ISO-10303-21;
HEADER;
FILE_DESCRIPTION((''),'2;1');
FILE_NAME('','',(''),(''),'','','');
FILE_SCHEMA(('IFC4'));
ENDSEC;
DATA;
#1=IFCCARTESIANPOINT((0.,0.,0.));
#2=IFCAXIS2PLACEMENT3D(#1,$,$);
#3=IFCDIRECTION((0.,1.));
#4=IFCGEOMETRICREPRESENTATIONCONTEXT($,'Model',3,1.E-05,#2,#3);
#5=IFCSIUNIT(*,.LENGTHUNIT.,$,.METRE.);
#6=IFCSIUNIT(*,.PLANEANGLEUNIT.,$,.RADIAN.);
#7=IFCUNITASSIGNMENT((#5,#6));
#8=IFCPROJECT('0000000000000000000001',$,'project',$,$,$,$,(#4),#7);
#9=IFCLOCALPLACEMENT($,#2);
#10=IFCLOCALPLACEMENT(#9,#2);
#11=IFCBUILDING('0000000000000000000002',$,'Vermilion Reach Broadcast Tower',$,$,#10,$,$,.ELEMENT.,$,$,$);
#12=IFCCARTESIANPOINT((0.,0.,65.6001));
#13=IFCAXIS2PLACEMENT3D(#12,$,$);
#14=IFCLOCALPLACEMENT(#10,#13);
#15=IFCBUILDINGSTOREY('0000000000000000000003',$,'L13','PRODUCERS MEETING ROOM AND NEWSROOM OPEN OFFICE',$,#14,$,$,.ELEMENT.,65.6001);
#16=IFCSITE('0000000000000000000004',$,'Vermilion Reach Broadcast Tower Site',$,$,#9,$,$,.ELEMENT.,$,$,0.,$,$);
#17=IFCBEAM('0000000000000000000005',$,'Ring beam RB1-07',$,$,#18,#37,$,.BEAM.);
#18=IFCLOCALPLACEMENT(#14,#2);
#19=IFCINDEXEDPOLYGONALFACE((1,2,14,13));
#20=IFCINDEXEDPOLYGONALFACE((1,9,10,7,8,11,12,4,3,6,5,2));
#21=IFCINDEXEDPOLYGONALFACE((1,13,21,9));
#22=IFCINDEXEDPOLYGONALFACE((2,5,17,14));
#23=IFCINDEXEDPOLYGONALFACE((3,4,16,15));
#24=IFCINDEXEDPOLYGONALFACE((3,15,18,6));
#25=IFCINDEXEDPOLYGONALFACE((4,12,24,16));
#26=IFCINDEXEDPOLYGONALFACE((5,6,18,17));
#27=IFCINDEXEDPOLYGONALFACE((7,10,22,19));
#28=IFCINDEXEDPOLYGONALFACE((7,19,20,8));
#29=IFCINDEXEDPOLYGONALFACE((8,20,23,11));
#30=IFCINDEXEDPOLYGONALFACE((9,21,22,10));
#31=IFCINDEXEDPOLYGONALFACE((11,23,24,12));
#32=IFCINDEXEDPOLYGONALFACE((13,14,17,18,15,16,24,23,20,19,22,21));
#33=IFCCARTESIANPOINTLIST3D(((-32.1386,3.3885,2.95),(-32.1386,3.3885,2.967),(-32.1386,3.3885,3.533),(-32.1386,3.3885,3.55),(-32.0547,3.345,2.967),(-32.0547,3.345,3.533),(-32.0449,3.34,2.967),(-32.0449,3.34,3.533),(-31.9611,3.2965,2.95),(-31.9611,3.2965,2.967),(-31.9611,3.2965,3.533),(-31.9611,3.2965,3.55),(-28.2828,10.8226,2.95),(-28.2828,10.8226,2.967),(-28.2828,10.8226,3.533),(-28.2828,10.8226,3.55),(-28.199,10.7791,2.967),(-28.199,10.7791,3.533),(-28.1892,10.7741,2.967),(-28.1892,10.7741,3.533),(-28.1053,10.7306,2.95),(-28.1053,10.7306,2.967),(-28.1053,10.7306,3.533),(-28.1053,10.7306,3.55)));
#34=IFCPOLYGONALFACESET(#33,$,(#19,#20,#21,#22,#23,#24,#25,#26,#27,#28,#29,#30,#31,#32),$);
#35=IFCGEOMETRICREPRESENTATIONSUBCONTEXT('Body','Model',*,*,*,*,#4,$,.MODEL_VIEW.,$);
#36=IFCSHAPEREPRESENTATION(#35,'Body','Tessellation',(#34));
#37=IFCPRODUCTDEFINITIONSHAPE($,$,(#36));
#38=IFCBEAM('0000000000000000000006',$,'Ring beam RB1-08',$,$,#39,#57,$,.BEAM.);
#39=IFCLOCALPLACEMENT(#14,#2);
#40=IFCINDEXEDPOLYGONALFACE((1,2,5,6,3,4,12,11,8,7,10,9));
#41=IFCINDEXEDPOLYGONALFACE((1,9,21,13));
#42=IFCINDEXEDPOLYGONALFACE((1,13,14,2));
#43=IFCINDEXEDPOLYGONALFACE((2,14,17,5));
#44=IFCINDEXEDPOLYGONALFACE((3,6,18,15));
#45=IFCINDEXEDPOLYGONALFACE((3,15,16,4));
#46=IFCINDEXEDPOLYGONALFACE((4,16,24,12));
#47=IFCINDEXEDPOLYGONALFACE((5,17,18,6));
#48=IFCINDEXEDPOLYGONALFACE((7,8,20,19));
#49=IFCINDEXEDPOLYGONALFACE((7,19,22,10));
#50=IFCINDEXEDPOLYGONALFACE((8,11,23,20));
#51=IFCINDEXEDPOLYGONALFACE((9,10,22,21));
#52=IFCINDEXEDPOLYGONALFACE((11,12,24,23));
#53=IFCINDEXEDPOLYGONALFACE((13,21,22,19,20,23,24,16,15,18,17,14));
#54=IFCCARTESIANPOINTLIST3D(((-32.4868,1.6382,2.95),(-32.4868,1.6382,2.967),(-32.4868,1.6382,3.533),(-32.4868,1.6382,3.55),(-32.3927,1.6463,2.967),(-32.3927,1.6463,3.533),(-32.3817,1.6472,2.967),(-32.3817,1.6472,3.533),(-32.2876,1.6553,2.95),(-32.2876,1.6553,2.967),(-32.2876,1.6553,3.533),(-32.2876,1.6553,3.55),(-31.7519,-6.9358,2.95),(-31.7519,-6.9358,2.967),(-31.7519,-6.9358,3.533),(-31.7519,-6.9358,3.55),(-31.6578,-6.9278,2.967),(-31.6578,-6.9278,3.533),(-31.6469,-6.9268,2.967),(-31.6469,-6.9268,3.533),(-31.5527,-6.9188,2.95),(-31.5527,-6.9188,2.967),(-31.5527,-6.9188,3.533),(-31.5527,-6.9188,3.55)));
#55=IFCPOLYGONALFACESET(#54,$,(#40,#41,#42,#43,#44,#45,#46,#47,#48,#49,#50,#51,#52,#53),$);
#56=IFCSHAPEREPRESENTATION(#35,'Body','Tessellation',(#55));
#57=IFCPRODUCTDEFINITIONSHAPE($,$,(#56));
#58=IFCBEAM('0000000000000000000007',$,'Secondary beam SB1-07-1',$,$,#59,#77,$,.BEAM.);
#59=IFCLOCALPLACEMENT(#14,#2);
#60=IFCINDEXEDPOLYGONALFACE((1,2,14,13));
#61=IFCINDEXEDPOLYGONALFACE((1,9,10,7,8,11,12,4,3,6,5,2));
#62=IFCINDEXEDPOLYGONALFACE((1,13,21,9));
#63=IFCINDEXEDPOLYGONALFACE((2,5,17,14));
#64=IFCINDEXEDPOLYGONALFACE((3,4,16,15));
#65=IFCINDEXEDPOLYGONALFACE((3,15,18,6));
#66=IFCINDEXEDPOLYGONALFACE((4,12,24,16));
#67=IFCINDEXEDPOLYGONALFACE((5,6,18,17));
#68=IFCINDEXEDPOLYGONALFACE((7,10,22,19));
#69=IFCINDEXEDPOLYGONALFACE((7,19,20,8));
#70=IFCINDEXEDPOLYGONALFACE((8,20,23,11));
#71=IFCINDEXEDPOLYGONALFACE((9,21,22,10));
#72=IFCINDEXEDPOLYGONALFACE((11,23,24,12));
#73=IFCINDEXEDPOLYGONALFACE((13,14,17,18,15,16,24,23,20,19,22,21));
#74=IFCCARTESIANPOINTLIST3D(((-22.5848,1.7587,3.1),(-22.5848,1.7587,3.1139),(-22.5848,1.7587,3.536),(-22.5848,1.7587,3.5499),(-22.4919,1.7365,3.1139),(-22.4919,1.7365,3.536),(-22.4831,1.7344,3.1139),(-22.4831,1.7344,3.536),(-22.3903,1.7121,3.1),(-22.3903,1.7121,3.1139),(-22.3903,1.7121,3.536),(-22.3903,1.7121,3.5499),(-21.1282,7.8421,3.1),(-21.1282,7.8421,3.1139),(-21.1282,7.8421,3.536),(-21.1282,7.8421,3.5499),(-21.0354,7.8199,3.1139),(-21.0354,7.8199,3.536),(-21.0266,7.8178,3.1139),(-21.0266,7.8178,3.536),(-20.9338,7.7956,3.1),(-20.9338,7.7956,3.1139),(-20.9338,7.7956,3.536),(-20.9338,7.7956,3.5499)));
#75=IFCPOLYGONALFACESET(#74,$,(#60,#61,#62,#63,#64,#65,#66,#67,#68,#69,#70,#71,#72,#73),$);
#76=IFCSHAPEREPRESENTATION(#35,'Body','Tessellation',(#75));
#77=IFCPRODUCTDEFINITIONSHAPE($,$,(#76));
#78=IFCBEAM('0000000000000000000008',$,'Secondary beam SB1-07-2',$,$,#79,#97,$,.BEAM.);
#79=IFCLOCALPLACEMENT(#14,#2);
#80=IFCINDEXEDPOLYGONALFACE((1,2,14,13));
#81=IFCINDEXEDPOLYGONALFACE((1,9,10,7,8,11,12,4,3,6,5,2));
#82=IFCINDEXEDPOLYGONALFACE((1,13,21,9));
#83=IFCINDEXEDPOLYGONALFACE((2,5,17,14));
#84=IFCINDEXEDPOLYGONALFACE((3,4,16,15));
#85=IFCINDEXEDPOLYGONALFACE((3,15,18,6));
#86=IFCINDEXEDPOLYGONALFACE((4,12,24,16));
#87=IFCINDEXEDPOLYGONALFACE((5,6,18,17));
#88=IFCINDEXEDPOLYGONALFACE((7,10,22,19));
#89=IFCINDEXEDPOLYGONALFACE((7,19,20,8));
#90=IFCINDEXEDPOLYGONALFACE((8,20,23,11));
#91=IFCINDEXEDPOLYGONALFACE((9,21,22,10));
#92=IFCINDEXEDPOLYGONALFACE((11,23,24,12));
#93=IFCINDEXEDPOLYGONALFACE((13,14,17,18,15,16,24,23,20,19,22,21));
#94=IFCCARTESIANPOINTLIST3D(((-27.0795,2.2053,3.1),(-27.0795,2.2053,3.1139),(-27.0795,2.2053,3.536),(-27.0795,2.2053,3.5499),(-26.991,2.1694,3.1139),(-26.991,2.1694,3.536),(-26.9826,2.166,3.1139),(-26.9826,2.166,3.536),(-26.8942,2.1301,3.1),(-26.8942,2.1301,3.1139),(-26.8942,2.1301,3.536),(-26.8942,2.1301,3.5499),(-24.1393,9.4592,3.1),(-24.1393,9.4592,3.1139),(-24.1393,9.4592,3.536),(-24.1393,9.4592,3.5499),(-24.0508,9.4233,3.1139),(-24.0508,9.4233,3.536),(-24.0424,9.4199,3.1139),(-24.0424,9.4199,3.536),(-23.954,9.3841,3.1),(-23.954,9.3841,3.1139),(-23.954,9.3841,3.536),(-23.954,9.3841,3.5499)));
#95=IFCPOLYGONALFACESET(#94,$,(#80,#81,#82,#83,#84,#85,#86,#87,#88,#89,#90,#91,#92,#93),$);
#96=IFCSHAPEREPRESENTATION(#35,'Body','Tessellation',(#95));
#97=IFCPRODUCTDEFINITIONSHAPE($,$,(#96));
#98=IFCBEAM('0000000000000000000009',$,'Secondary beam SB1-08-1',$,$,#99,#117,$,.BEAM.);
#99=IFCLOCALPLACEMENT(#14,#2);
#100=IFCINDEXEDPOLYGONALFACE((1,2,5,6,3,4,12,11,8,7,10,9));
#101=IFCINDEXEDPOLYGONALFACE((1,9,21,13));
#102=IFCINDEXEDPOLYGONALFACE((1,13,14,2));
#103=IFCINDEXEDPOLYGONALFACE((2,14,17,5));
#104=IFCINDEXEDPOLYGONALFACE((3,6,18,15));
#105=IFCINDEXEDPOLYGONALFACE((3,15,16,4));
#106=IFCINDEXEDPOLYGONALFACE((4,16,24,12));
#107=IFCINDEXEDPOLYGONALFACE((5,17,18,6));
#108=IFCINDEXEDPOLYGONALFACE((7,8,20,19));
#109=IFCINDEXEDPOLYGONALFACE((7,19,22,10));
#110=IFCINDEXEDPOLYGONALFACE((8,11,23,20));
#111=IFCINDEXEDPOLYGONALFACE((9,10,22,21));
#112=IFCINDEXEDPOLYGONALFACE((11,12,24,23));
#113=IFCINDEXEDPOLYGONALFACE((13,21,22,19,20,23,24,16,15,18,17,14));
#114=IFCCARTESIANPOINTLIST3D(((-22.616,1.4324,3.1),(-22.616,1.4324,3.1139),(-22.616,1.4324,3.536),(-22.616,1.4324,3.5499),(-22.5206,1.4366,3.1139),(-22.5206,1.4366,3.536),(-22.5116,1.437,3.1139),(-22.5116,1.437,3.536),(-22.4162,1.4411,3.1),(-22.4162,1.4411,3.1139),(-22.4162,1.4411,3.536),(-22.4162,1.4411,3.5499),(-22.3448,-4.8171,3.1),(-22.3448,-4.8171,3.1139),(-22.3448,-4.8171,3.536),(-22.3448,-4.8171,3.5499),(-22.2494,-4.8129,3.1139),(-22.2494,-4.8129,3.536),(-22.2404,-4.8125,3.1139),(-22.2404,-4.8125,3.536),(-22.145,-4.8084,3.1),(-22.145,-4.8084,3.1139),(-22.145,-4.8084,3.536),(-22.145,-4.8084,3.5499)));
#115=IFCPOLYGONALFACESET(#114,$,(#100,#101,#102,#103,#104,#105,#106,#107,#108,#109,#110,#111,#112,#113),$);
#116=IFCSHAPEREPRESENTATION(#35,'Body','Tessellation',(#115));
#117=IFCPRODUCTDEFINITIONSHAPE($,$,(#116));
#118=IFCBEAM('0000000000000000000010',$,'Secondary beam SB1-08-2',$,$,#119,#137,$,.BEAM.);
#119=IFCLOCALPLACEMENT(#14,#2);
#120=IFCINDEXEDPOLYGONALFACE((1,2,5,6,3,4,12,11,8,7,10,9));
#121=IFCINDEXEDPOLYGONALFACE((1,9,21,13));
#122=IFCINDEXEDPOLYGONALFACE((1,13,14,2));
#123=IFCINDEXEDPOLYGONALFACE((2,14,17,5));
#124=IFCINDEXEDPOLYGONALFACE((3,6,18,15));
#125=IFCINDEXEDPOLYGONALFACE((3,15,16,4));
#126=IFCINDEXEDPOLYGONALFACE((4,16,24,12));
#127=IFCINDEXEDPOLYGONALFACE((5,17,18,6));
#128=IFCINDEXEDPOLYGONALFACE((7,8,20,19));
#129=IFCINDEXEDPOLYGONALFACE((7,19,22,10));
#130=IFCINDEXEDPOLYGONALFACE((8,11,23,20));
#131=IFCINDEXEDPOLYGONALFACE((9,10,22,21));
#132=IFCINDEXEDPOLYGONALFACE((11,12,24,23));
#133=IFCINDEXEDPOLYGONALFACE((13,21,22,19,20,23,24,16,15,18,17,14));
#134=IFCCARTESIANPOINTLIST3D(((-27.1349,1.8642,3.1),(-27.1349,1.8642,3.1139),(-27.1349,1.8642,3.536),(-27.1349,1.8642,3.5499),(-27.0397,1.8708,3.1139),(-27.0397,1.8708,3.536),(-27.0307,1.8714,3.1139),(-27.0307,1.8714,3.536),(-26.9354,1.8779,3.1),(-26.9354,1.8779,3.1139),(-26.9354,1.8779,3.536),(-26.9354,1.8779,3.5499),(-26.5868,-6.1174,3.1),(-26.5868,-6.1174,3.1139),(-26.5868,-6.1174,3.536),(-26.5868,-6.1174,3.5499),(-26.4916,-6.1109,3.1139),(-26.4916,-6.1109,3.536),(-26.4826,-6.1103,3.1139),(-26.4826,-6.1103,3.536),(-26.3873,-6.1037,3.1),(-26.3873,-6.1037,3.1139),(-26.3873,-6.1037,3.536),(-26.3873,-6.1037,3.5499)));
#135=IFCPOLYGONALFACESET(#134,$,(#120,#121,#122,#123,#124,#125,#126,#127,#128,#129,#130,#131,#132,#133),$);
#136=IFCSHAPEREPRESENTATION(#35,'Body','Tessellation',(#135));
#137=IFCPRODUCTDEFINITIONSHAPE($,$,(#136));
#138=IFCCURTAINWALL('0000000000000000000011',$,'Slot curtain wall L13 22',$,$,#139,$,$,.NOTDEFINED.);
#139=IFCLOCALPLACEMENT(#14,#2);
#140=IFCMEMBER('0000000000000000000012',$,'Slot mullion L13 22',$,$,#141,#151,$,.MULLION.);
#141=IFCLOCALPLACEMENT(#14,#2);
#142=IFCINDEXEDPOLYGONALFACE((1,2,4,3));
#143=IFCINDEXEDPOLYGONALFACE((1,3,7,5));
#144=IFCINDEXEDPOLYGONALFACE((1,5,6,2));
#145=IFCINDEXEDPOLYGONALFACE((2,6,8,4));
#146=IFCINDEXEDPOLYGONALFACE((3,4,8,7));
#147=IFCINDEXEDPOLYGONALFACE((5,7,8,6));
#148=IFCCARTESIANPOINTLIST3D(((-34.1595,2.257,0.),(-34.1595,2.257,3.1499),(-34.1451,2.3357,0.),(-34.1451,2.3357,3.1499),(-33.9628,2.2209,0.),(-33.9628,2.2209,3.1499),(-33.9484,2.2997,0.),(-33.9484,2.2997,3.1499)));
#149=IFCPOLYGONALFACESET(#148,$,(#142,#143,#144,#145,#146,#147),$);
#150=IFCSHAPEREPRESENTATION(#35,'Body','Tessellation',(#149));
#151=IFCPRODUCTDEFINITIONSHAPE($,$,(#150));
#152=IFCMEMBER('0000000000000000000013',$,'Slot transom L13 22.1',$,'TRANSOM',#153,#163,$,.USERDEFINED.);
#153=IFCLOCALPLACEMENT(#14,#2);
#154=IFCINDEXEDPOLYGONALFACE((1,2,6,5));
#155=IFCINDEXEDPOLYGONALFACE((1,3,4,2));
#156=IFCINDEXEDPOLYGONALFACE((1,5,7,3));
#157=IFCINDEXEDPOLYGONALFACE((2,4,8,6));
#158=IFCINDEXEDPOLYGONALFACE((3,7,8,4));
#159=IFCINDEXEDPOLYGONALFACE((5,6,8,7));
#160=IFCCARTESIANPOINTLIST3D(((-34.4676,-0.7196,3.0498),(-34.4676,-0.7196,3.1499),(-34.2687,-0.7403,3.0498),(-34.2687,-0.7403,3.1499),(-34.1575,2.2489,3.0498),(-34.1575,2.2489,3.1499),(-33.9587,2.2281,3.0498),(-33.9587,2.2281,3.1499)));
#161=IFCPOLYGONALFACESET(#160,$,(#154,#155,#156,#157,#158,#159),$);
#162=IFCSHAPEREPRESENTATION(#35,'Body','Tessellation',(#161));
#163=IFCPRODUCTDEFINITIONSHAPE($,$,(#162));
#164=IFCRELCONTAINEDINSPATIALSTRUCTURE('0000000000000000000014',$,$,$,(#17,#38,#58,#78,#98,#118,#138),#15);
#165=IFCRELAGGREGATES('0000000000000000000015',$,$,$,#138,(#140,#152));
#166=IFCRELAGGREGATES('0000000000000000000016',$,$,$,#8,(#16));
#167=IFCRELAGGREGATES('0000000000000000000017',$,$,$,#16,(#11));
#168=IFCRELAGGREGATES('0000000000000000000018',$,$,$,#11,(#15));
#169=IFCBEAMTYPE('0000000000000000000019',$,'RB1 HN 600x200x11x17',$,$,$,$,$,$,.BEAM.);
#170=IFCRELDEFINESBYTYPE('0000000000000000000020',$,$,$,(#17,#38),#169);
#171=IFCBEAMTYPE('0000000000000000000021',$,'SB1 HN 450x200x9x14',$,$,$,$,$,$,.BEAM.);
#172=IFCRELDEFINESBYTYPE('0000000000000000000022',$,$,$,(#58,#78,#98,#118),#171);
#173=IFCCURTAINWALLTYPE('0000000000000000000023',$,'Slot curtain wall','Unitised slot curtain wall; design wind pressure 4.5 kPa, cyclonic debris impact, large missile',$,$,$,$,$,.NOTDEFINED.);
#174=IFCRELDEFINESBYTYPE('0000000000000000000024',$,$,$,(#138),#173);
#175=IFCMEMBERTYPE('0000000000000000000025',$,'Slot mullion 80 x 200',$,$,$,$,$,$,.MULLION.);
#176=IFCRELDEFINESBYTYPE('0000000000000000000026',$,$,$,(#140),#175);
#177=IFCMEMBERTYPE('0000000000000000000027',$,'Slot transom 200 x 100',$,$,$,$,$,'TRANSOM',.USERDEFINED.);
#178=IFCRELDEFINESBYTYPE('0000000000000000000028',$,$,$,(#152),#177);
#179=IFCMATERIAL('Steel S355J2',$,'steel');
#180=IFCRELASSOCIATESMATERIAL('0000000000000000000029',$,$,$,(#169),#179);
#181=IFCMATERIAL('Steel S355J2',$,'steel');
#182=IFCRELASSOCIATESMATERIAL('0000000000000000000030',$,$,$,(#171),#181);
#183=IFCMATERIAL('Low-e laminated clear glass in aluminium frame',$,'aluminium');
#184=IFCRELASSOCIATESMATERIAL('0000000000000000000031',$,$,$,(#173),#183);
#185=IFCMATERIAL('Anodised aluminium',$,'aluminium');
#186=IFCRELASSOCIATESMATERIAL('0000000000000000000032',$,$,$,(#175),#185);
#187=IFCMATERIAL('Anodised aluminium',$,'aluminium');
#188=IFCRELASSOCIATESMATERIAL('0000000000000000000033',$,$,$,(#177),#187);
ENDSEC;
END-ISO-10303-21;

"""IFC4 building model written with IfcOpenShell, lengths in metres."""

from ifc_helpers import new_model, si_unit, direction, frame, origin, origin_2d, place, context, subcontext, project, spatial, rectangle, i_section, extrude, material, material_profile, profile_set, type_object, element, aggregate, save


model = new_model("IFC4")

# Units and contexts
model_context = context("Model", 3, precision=1e-05, world=origin(), true_north=direction((0.0, 1.0)))
body_context = subcontext(model_context, "Body", "Model", "MODEL_VIEW")
ifc_project = project(units=[si_unit("LENGTHUNIT", "METRE"), si_unit("PLANEANGLEUNIT", "RADIAN")], contexts=[model_context])

# Site, building, storey
site_placement = place(None, origin())
site = spatial("IfcSite", under=ifc_project, at=site_placement, Name="Vermilion Reach Broadcast Tower Site", CompositionType="ELEMENT", RefElevation=0.0)
building_placement = place(site_placement, origin())
building = spatial("IfcBuilding", under=site, at=building_placement, Name="Vermilion Reach Broadcast Tower", CompositionType="ELEMENT")
storey_placement = place(building_placement, frame((0.0, 0.0, 65.6001)))
storey = spatial("IfcBuildingStorey", under=building, at=storey_placement, Name="L13", Description="PRODUCERS MEETING ROOM AND NEWSROOM OPEN OFFICE", CompositionType="ELEMENT", Elevation=65.6001)

# Beams
ifc_material_1 = material(Name="Steel S355J2", Category="steel")
ifc_material_profile_1 = material_profile(ifc_material_1, i_section(OverallWidth=0.2, OverallDepth=0.6001, WebThickness=0.011, FlangeThickness=0.0171, at=origin_2d()), Name="S355J2 HN 600x200x11x17")
ifc_profile_set_1 = profile_set([ifc_material_profile_1], Name="Steel S355J2")
beam_type_1 = type_object("IfcBeamType", Name="RB1 HN 600x200x11x17", PredefinedType="BEAM", material=ifc_profile_set_1)
beam_1_placement = place(storey_placement, frame((-28.1941, 10.7766, 3.25), z_axis=(-0.460412, -0.887706, 0.0), x_axis=(0.887706, -0.460412, 0.0)))
element("IfcBeam", 1, at=beam_1_placement, inside=storey, type_object=beam_type_1, Name="Ring beam RB1-07", PredefinedType="BEAM", context=body_context, shape_type="SweptSolid", body=[
    extrude(i_section(OverallWidth=0.2, OverallDepth=0.6001, WebThickness=0.011, FlangeThickness=0.0171, at=origin_2d()), origin(), (0.0, 0.0, 1.0), 8.3745),
])
beam_2_placement = place(storey_placement, frame((-32.3872, 1.6467, 3.25), z_axis=(0.085396, -0.996347, 0.0), x_axis=(0.996347, 0.085396, 0.0)))
element("IfcBeam", 2, at=beam_2_placement, inside=storey, type_object=beam_type_1, Name="Ring beam RB1-08", PredefinedType="BEAM", context=body_context, shape_type="SweptSolid", body=[
    extrude(i_section(OverallWidth=0.2, OverallDepth=0.6001, WebThickness=0.011, FlangeThickness=0.0171, at=origin_2d()), origin(), (0.0, 0.0, 1.0), 8.6055),
])
ifc_material_2 = material(Name="Steel S355J2", Category="steel")
ifc_material_profile_2 = material_profile(ifc_material_2, i_section(OverallWidth=0.2, OverallDepth=0.45, WebThickness=0.009, FlangeThickness=0.0139, at=origin_2d()), Name="S355J2 HN 450x200x9x14")
ifc_profile_set_2 = profile_set([ifc_material_profile_2], Name="Steel S355J2")
beam_type_2 = type_object("IfcBeamType", Name="SB1 HN 450x200x9x14", PredefinedType="BEAM", material=ifc_profile_set_2)
beam_3_placement = place(storey_placement, frame((-21.031, 7.8188, 3.325), z_axis=(-0.232844, -0.972514, 0.0), x_axis=(0.972514, -0.232844, 0.0)))
element("IfcBeam", 3, at=beam_3_placement, inside=storey, type_object=beam_type_2, Name="Secondary beam SB1-07-1", PredefinedType="BEAM", context=body_context, shape_type="SweptSolid", body=[
    extrude(i_section(OverallWidth=0.2, OverallDepth=0.45, WebThickness=0.009, FlangeThickness=0.0139, at=origin_2d()), origin(), (0.0, 0.0, 1.0), 6.2554),
])
beam_4_placement = place(storey_placement, frame((-24.0466, 9.4216, 3.325), z_axis=(-0.375641, -0.926765, 0.0), x_axis=(0.926765, -0.375641, 0.0)))
element("IfcBeam", 4, at=beam_4_placement, inside=storey, type_object=beam_type_2, Name="Secondary beam SB1-07-2", PredefinedType="BEAM", context=body_context, shape_type="SweptSolid", body=[
    extrude(i_section(OverallWidth=0.2, OverallDepth=0.45, WebThickness=0.009, FlangeThickness=0.0139, at=origin_2d()), origin(), (0.0, 0.0, 1.0), 7.8271),
])
beam_5_placement = place(storey_placement, frame((-22.5161, 1.4368, 3.325), z_axis=(0.043361, -0.999059, 0.0), x_axis=(0.999059, 0.043361, 0.0)))
element("IfcBeam", 5, at=beam_5_placement, inside=storey, type_object=beam_type_2, Name="Secondary beam SB1-08-1", PredefinedType="BEAM", context=body_context, shape_type="SweptSolid", body=[
    extrude(i_section(OverallWidth=0.2, OverallDepth=0.45, WebThickness=0.009, FlangeThickness=0.0139, at=origin_2d()), origin(), (0.0, 0.0, 1.0), 6.2554),
])
beam_6_placement = place(storey_placement, frame((-27.0352, 1.8711, 3.325), z_axis=(0.068508, -0.997651, 0.0), x_axis=(0.997651, 0.068508, 0.0)))
element("IfcBeam", 6, at=beam_6_placement, inside=storey, type_object=beam_type_2, Name="Secondary beam SB1-08-2", PredefinedType="BEAM", context=body_context, shape_type="SweptSolid", body=[
    extrude(i_section(OverallWidth=0.2, OverallDepth=0.45, WebThickness=0.009, FlangeThickness=0.0139, at=origin_2d()), origin(), (0.0, 0.0, 1.0), 8.0005),
])

# Curtain wall, members
ifc_material_3 = material(Name="Low-e laminated clear glass in aluminium frame", Category="aluminium")
curtain_wall_type = type_object("IfcCurtainWallType", Name="Slot curtain wall", Description="Unitised slot curtain wall; design wind pressure 4.5 kPa, cyclonic debris impact, large missile", PredefinedType="NOTDEFINED", material=ifc_material_3)
curtain_wall_placement = place(storey_placement, origin())
curtain_wall = element("IfcCurtainWall", 7, at=curtain_wall_placement, inside=storey, type_object=curtain_wall_type, Name="Slot curtain wall L13 22", PredefinedType="NOTDEFINED")
ifc_material_4 = material(Name="Anodised aluminium", Category="aluminium")
ifc_material_profile_3 = material_profile(ifc_material_4, rectangle(XDim=0.2, YDim=0.0801, at=origin_2d()), Name="Slot mullion 80 x 200")
ifc_profile_set_3 = profile_set([ifc_material_profile_3], Name="Anodised aluminium")
member_type_1 = type_object("IfcMemberType", Name="Slot mullion 80 x 200", PredefinedType="MULLION", material=ifc_profile_set_3)
member_1_placement = place(storey_placement, frame((-34.054, 2.2783, 0.0), z_axis=(0.0, 0.0, 1.0), x_axis=(0.983592, -0.180406, 0.0)))
member_1 = element("IfcMember", 8, at=member_1_placement, type_object=member_type_1, Name="Slot mullion L13 22", PredefinedType="MULLION", context=body_context, shape_type="SweptSolid", body=[
    extrude(rectangle(XDim=0.2, YDim=0.0801, at=origin_2d()), origin(), (0.0, 0.0, 1.0), 3.1499),
])
ifc_material_5 = material(Name="Anodised aluminium", Category="aluminium")
ifc_material_profile_4 = material_profile(ifc_material_5, rectangle(XDim=0.2, YDim=0.1001, at=origin_2d()), Name="Slot transom 200 x 100")
ifc_profile_set_4 = profile_set([ifc_material_profile_4], Name="Anodised aluminium")
member_type_2 = type_object("IfcMemberType", Name="Slot transom 200 x 100", ElementType="TRANSOM", PredefinedType="USERDEFINED", material=ifc_profile_set_4)
member_2_placement = place(storey_placement, frame((-34.0581, 2.2385, 3.0999), z_axis=(-0.103884, -0.994589, 0.0), x_axis=(0.994589, -0.103884, 0.0)))
member_2 = element("IfcMember", 9, at=member_2_placement, type_object=member_type_2, Name="Slot transom L13 22.1", ObjectType="TRANSOM", PredefinedType="USERDEFINED", context=body_context, shape_type="SweptSolid", body=[
    extrude(rectangle(XDim=0.2, YDim=0.1001, at=origin_2d()), origin(), (0.0, 0.0, 1.0), 2.9846),
])
aggregate(curtain_wall, [member_1, member_2])

save(model, "model.ifc")
